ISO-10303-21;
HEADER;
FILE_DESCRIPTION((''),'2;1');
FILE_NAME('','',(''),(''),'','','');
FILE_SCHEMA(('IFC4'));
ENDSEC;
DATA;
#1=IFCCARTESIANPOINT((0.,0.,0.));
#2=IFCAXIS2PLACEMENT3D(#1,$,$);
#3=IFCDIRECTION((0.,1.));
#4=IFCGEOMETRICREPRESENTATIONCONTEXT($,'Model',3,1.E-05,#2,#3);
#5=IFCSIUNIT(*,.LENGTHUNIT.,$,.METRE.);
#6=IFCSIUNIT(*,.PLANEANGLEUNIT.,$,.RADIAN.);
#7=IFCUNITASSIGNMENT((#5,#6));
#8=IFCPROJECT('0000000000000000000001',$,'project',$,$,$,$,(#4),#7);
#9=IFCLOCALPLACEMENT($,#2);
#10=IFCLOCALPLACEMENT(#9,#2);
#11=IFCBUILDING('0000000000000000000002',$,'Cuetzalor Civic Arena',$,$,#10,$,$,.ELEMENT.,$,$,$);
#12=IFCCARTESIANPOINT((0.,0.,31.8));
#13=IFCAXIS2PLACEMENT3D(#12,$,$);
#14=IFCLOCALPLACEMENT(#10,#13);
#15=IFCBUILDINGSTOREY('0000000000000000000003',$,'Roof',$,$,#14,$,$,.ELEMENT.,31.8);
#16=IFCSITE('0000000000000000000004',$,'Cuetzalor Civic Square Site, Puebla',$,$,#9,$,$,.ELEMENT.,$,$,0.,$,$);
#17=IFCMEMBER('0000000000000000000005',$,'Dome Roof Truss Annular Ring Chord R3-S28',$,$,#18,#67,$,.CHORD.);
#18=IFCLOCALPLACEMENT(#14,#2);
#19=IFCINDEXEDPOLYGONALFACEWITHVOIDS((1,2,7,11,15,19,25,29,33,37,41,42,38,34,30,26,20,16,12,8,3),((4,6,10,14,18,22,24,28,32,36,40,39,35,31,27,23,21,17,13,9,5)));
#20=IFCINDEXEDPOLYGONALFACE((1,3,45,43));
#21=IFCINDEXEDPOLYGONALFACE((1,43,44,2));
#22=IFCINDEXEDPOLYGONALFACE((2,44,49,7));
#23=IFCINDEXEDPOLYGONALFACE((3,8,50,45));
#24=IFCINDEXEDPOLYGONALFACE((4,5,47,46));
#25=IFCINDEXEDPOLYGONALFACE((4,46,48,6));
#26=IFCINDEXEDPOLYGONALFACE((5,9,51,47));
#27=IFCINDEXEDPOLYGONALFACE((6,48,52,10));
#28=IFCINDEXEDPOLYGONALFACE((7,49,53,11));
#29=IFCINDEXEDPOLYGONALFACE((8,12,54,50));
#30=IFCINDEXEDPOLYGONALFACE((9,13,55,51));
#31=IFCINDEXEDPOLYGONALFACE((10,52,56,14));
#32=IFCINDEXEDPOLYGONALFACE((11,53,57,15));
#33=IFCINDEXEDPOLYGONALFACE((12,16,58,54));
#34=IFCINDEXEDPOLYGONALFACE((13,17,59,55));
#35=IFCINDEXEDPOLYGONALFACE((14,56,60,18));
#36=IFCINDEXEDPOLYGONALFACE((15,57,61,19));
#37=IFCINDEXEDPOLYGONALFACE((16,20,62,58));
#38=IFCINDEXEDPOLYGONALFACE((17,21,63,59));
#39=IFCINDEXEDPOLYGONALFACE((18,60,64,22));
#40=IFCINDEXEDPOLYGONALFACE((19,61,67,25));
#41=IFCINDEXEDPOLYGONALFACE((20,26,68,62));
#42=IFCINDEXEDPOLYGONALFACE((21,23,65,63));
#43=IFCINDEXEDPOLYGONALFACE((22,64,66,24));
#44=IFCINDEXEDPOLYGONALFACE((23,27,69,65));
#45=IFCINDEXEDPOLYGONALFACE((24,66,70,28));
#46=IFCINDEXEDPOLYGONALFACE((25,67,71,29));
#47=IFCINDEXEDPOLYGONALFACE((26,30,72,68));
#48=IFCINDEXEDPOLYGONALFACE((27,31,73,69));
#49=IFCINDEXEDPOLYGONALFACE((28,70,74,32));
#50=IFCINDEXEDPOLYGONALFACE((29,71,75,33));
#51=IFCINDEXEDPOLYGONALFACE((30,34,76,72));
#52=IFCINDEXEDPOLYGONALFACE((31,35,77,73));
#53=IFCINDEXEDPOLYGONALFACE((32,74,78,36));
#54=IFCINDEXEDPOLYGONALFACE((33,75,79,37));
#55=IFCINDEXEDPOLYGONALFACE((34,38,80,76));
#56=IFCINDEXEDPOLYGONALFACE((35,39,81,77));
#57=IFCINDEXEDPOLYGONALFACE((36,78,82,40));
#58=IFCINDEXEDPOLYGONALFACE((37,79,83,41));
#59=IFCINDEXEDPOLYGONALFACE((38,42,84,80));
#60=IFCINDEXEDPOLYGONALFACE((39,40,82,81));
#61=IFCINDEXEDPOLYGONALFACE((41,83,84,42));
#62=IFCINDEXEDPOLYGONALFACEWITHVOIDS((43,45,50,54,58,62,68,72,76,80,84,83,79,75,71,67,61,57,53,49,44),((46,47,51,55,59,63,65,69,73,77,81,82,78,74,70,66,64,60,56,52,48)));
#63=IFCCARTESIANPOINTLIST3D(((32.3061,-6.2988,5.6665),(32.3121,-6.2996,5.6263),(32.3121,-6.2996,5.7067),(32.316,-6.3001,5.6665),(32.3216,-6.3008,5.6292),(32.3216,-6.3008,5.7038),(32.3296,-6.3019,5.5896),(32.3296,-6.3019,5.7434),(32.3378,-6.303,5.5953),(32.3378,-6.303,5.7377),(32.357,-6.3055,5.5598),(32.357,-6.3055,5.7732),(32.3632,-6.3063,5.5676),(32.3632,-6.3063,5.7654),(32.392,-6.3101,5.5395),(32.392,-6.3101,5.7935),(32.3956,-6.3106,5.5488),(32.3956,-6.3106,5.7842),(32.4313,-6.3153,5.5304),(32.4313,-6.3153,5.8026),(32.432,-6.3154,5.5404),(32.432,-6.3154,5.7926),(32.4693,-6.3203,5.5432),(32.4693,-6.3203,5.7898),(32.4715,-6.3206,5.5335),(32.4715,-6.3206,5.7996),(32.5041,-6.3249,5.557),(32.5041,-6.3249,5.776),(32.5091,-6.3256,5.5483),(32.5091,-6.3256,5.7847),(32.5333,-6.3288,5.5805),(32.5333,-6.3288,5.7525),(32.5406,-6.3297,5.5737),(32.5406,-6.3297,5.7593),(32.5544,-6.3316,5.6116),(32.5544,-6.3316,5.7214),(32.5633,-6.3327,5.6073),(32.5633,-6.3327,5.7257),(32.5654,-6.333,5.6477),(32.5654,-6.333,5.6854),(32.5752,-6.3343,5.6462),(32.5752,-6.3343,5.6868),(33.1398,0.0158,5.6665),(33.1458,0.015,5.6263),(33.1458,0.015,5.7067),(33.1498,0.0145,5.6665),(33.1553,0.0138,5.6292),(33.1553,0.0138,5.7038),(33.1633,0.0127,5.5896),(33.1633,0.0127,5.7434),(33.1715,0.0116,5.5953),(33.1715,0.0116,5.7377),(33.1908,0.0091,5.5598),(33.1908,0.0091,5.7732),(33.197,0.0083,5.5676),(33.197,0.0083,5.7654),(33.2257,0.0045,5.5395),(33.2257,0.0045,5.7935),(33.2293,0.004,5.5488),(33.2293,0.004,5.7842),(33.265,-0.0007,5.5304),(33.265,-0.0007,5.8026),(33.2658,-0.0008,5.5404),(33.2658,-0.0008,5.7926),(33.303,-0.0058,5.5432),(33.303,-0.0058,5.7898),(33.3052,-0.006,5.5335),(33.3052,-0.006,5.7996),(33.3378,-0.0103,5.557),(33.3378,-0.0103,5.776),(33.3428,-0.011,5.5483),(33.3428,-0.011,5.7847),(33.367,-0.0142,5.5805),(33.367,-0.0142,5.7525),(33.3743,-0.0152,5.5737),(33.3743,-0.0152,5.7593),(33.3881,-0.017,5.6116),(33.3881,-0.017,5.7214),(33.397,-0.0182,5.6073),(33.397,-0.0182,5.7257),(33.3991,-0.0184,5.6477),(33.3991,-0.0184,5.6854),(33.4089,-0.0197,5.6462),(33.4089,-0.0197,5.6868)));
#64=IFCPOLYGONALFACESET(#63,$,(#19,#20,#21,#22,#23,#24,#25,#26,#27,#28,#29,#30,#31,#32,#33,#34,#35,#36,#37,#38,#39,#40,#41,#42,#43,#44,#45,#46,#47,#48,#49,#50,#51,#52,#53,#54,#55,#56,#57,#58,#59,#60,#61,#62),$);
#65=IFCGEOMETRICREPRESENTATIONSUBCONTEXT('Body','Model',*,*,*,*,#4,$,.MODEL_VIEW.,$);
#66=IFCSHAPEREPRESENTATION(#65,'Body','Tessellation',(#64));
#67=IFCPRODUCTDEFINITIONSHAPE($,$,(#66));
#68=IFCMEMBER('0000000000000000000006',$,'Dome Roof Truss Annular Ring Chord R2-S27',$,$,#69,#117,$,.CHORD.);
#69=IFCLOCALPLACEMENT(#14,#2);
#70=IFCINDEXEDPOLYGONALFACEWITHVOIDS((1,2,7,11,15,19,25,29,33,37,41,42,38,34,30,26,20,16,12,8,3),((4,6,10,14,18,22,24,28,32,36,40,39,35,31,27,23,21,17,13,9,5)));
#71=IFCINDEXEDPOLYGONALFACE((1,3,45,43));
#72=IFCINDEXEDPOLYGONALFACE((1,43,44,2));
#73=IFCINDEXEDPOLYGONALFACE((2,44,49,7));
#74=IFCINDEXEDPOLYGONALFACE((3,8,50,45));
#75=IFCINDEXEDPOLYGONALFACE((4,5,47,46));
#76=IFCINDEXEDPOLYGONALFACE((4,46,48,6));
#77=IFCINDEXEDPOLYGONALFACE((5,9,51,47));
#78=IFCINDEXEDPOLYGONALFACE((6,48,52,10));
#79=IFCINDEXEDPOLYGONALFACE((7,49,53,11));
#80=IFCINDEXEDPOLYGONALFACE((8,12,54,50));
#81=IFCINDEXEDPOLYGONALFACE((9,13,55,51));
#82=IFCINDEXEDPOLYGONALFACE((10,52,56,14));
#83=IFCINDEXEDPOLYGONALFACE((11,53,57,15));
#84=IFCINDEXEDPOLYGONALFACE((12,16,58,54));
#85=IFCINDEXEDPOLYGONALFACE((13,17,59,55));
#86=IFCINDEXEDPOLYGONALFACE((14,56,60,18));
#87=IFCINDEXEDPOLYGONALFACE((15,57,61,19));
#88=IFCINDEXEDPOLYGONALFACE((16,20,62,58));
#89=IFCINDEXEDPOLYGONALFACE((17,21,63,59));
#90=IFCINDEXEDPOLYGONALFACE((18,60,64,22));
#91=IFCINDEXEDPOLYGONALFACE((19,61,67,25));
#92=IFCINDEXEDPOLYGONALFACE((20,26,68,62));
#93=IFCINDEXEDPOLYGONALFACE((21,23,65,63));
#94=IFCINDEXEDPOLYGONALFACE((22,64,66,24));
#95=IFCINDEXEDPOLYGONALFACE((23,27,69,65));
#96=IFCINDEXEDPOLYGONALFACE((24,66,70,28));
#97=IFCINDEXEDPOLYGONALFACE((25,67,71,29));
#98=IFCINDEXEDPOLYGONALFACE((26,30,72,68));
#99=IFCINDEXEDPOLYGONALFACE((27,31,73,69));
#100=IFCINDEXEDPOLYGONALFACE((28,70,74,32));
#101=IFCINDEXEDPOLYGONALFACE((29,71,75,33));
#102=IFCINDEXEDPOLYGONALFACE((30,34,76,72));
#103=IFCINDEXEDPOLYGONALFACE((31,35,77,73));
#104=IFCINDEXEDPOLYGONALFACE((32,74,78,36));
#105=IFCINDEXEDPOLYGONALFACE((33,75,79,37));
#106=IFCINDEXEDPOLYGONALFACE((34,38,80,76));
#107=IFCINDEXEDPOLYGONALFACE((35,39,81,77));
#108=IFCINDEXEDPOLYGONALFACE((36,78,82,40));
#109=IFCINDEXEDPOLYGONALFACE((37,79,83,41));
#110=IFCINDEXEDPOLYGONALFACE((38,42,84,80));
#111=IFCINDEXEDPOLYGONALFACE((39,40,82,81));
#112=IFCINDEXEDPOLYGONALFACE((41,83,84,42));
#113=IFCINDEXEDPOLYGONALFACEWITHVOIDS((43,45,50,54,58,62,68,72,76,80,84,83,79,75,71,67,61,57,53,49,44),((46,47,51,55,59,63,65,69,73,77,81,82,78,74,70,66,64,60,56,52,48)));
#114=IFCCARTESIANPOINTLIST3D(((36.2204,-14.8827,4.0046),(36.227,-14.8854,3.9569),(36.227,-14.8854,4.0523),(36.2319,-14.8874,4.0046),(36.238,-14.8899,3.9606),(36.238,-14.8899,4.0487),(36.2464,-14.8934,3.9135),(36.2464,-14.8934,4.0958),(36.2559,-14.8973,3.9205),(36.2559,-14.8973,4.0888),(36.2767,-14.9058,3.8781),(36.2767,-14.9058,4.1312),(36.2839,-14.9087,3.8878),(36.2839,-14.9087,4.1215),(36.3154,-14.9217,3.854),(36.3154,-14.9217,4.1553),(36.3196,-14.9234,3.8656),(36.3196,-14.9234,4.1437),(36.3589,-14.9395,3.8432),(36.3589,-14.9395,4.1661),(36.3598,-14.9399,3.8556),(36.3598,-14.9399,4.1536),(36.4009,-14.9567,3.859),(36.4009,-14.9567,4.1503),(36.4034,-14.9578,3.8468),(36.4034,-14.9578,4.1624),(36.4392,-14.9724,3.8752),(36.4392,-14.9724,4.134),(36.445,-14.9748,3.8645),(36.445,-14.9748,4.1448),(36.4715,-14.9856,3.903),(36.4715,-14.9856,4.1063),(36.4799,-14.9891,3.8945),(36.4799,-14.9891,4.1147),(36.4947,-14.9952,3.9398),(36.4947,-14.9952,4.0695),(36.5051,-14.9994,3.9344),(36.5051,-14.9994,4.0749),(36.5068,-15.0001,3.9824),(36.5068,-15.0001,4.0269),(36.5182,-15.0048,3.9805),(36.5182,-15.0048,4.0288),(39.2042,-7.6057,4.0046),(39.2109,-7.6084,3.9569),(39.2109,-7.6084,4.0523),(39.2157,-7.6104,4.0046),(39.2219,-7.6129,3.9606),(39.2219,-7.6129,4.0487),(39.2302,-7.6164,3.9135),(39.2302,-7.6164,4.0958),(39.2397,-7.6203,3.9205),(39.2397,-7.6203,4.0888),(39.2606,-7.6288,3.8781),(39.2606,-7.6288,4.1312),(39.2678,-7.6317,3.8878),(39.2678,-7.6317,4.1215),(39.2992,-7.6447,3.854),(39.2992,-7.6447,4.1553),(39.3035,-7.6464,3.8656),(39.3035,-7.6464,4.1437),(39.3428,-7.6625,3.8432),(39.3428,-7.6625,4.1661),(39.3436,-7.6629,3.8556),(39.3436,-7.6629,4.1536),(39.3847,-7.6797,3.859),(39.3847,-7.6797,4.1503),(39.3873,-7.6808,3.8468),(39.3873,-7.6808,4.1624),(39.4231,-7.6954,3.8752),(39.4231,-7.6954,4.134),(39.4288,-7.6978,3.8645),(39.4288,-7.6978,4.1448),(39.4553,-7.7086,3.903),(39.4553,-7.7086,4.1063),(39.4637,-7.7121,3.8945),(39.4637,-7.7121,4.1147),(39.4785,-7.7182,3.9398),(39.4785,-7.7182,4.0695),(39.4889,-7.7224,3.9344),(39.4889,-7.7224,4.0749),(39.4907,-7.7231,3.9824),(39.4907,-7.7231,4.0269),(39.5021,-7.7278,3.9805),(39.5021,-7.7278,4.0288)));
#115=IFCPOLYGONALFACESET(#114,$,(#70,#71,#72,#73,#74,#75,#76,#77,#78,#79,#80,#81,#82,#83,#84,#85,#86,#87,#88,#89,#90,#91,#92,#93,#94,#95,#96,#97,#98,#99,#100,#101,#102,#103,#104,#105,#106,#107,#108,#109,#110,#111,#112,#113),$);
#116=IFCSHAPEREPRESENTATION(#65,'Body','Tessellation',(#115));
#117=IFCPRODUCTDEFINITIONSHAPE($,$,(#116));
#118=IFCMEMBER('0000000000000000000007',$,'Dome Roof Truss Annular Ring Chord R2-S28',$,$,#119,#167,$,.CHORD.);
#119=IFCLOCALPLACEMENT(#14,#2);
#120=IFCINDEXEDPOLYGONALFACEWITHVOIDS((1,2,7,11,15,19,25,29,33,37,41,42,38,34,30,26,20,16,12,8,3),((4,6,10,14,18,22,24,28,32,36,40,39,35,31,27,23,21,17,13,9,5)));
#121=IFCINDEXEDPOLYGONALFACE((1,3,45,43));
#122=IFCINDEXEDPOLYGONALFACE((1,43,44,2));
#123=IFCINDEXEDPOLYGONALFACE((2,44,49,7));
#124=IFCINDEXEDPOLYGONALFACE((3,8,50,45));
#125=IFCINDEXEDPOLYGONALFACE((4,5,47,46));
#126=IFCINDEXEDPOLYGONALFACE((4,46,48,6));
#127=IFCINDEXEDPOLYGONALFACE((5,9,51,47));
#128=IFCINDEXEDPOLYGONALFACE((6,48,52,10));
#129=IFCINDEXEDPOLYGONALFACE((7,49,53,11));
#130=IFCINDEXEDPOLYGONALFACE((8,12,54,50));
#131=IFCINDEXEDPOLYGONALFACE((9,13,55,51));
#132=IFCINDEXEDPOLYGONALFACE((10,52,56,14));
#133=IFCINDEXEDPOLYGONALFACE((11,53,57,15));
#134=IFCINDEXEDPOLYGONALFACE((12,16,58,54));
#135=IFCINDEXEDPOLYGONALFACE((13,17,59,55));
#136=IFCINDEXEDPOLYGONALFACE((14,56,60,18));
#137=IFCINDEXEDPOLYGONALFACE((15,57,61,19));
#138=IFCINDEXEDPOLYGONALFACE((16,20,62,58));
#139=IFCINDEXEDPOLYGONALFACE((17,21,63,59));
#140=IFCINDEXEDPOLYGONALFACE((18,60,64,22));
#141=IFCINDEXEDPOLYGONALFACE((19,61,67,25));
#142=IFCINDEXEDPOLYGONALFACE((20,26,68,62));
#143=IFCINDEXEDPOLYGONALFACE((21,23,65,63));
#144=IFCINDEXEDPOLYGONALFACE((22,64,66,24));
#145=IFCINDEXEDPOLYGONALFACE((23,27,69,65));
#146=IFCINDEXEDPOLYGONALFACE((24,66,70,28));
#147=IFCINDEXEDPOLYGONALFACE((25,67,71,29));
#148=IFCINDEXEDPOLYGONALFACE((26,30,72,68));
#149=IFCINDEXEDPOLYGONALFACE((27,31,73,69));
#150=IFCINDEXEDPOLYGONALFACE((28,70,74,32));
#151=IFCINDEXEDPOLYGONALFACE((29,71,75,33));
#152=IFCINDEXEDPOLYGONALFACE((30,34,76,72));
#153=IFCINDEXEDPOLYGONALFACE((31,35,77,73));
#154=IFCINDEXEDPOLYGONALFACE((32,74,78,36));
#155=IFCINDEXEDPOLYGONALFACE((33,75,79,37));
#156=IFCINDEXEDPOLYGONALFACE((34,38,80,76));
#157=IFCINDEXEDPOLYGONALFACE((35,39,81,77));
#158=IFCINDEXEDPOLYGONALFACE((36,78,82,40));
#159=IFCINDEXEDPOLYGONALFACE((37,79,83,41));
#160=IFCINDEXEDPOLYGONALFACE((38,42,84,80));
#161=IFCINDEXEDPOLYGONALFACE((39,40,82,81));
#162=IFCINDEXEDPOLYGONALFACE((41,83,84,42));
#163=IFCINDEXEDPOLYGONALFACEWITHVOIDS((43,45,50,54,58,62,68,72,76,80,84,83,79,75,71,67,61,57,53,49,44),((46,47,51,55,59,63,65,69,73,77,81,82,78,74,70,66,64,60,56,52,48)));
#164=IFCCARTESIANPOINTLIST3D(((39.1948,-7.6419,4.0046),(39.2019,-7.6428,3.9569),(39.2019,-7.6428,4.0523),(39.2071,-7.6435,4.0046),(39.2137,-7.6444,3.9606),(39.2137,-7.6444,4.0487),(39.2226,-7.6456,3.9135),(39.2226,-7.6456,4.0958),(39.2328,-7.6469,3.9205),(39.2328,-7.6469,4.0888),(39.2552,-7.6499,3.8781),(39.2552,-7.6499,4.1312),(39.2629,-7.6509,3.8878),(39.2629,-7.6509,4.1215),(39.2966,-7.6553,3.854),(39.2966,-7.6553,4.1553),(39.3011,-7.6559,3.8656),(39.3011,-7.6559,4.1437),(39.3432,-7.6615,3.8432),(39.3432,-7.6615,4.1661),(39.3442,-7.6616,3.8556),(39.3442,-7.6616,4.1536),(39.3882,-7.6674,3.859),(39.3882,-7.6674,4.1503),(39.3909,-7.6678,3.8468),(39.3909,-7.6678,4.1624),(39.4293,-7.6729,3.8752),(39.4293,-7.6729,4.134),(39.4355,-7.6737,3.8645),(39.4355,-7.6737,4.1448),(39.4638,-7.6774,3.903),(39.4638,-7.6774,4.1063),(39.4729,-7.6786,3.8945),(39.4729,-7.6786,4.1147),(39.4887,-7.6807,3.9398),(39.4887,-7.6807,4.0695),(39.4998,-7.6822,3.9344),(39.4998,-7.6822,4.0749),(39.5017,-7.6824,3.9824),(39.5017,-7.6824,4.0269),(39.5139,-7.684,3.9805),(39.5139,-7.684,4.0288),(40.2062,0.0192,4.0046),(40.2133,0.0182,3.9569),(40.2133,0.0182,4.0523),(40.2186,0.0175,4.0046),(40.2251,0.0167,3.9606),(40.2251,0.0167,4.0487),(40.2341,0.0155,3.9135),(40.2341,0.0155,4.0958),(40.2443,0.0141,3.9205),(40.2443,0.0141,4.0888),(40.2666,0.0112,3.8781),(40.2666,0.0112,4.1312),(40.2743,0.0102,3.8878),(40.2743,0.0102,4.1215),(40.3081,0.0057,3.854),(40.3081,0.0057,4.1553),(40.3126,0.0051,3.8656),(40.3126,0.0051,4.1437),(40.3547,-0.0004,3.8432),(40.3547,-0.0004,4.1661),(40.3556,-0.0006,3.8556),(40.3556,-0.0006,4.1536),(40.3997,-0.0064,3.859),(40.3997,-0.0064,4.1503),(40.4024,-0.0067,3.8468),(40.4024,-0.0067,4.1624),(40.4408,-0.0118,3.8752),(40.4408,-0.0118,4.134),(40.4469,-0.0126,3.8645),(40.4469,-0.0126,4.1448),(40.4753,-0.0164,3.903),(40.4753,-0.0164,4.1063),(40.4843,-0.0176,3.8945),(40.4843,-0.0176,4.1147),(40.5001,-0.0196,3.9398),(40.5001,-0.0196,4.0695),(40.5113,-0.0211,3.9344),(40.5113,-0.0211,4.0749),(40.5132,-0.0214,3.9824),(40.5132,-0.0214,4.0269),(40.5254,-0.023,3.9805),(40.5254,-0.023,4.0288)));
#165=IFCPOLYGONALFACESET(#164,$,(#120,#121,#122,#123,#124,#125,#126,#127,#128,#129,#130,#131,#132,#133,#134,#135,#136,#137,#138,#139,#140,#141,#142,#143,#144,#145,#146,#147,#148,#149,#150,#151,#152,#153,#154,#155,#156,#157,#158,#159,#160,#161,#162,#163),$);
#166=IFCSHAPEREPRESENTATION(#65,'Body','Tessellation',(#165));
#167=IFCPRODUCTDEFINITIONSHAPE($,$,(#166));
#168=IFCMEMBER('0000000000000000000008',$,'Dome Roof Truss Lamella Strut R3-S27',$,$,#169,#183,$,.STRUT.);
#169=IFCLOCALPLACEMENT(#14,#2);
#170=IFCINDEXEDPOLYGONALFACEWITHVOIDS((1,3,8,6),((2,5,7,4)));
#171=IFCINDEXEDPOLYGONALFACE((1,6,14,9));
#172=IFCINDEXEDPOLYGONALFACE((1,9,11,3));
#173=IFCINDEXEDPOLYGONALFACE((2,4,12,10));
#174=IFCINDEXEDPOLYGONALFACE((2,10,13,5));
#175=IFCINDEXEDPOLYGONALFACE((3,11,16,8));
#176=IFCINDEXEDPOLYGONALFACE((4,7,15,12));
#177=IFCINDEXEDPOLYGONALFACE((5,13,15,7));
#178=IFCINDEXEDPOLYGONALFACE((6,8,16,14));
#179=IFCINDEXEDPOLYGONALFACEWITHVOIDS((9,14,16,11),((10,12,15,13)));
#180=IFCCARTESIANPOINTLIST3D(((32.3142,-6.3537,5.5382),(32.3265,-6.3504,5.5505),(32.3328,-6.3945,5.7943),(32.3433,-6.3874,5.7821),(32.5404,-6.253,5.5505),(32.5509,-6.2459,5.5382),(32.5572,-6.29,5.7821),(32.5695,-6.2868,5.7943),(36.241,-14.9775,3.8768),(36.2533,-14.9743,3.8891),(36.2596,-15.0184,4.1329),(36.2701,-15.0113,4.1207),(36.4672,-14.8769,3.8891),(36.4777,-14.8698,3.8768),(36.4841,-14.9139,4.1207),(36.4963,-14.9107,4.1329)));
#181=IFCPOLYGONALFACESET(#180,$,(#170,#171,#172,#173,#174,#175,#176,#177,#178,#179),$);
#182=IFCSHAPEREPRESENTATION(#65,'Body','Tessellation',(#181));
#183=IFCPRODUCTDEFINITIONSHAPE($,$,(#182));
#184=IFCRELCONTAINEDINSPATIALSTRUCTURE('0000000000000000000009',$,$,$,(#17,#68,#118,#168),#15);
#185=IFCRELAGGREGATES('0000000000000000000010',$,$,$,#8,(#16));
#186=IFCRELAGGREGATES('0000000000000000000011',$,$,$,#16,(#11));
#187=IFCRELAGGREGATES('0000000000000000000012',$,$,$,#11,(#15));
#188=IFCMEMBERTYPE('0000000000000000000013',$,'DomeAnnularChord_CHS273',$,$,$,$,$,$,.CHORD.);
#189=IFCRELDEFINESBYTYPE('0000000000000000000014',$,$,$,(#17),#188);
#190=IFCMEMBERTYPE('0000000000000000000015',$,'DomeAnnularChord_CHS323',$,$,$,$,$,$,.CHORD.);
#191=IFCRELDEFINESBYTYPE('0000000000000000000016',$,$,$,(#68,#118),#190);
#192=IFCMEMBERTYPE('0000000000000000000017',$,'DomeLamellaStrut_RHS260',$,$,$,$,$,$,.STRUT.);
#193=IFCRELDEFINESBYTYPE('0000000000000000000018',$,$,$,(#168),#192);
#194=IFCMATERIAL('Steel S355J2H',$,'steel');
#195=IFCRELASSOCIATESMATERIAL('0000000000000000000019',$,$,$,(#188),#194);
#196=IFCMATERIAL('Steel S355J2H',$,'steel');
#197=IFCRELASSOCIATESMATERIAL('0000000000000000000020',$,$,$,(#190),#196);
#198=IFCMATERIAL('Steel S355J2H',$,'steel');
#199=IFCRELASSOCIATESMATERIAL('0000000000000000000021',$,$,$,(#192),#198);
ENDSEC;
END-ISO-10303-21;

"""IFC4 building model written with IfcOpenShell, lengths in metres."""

from ifc_helpers import new_model, si_unit, direction, frame, origin, origin_2d, place, context, subcontext, project, spatial, hollow_rectangle, hollow_circle, extrude, material, material_profile, profile_set, type_object, element, save


model = new_model("IFC4")

# Units and contexts
model_context = context("Model", 3, precision=1e-05, world=origin(), true_north=direction((0.0, 1.0)))
body_context = subcontext(model_context, "Body", "Model", "MODEL_VIEW")
ifc_project = project(units=[si_unit("LENGTHUNIT", "METRE"), si_unit("PLANEANGLEUNIT", "RADIAN")], contexts=[model_context])

# Site, building, storey
site_placement = place(None, origin())
site = spatial("IfcSite", under=ifc_project, at=site_placement, Name="Cuetzalor Civic Square Site, Puebla", CompositionType="ELEMENT", RefElevation=0.0)
building_placement = place(site_placement, origin())
building = spatial("IfcBuilding", under=site, at=building_placement, Name="Cuetzalor Civic Arena", CompositionType="ELEMENT")
storey_placement = place(building_placement, frame((0.0, 0.0, 31.8)))
storey = spatial("IfcBuildingStorey", under=building, at=storey_placement, Name="Roof", CompositionType="ELEMENT", Elevation=31.8)

# Members
ifc_material_1 = material(Name="Steel S355J2H", Category="steel")
ifc_material_profile_1 = material_profile(ifc_material_1, hollow_circle(Radius=0.1365, WallThickness=0.01, at=origin_2d()), Name="CHS 273x10")
ifc_profile_set_1 = profile_set([ifc_material_profile_1], Name="Steel S355J2H")
member_type_1 = type_object("IfcMemberType", Name="DomeAnnularChord_CHS273", PredefinedType="CHORD", material=ifc_profile_set_1)
member_1_placement = place(storey_placement, frame((32.4414, -6.3167, 5.6665), z_axis=(0.130896, 0.991396, 0.0), x_axis=(-0.991396, 0.130896, 0.0)))
element("IfcMember", 1, at=member_1_placement, inside=storey, type_object=member_type_1, Name="Dome Roof Truss Annular Ring Chord R3-S28", PredefinedType="CHORD", context=body_context, shape_type="SweptSolid", body=[
    extrude(hollow_circle(Radius=0.1365, WallThickness=0.01, at=origin_2d()), origin(), (0.0, 0.0, 1.0), 6.3694),
])
ifc_material_2 = material(Name="Steel S355J2H", Category="steel")
ifc_material_profile_2 = material_profile(ifc_material_2, hollow_circle(Radius=0.1619, WallThickness=0.0125, at=origin_2d()), Name="CHS 323.9x12.5")
ifc_profile_set_2 = profile_set([ifc_material_profile_2], Name="Steel S355J2H")
member_type_2 = type_object("IfcMemberType", Name="DomeAnnularChord_CHS323", PredefinedType="CHORD", material=ifc_profile_set_2)
member_2_placement = place(storey_placement, frame((36.3701, -14.9441, 4.0046), z_axis=(0.379383, 0.92524, 0.0), x_axis=(-0.92524, 0.379383, 0.0)))
element("IfcMember", 2, at=member_2_placement, inside=storey, type_object=member_type_2, Name="Dome Roof Truss Annular Ring Chord R2-S27", PredefinedType="CHORD", context=body_context, shape_type="SweptSolid", body=[
    extrude(hollow_circle(Radius=0.1619, WallThickness=0.0125, at=origin_2d()), origin(), (0.0, 0.0, 1.0), 7.865),
])
member_3_placement = place(storey_placement, frame((39.3552, -7.6631, 4.0046), z_axis=(0.130891, 0.991397, 0.0), x_axis=(-0.991397, 0.130891, 0.0)))
element("IfcMember", 3, at=member_3_placement, inside=storey, type_object=member_type_2, Name="Dome Roof Truss Annular Ring Chord R2-S28", PredefinedType="CHORD", context=body_context, shape_type="SweptSolid", body=[
    extrude(hollow_circle(Radius=0.1619, WallThickness=0.0125, at=origin_2d()), origin(), (0.0, 0.0, 1.0), 7.7275),
])
ifc_material_3 = material(Name="Steel S355J2H", Category="steel")
ifc_material_profile_3 = material_profile(ifc_material_3, hollow_rectangle(XDim=0.26, YDim=0.26, WallThickness=0.0125, at=origin_2d()), Name="RHS 260x260x12.5")
ifc_profile_set_3 = profile_set([ifc_material_profile_3], Name="Steel S355J2H")
member_type_3 = type_object("IfcMemberType", Name="DomeLamellaStrut_RHS260", PredefinedType="STRUT", material=ifc_profile_set_3)
member_4_placement = place(storey_placement, frame((36.3687, -14.9441, 4.0049), z_axis=(-0.408176, 0.89642, 0.172696), x_axis=(-0.910094, -0.414403, 0.0)))
element("IfcMember", 4, at=member_4_placement, inside=storey, type_object=member_type_3, Name="Dome Roof Truss Lamella Strut R3-S27", PredefinedType="STRUT", context=body_context, shape_type="SweptSolid", body=[
    extrude(hollow_rectangle(XDim=0.26, YDim=0.26, WallThickness=0.0125, at=origin_2d()), origin(), (0.0, 0.0, 1.0), 9.6204),
])

save(model, "model.ifc")
